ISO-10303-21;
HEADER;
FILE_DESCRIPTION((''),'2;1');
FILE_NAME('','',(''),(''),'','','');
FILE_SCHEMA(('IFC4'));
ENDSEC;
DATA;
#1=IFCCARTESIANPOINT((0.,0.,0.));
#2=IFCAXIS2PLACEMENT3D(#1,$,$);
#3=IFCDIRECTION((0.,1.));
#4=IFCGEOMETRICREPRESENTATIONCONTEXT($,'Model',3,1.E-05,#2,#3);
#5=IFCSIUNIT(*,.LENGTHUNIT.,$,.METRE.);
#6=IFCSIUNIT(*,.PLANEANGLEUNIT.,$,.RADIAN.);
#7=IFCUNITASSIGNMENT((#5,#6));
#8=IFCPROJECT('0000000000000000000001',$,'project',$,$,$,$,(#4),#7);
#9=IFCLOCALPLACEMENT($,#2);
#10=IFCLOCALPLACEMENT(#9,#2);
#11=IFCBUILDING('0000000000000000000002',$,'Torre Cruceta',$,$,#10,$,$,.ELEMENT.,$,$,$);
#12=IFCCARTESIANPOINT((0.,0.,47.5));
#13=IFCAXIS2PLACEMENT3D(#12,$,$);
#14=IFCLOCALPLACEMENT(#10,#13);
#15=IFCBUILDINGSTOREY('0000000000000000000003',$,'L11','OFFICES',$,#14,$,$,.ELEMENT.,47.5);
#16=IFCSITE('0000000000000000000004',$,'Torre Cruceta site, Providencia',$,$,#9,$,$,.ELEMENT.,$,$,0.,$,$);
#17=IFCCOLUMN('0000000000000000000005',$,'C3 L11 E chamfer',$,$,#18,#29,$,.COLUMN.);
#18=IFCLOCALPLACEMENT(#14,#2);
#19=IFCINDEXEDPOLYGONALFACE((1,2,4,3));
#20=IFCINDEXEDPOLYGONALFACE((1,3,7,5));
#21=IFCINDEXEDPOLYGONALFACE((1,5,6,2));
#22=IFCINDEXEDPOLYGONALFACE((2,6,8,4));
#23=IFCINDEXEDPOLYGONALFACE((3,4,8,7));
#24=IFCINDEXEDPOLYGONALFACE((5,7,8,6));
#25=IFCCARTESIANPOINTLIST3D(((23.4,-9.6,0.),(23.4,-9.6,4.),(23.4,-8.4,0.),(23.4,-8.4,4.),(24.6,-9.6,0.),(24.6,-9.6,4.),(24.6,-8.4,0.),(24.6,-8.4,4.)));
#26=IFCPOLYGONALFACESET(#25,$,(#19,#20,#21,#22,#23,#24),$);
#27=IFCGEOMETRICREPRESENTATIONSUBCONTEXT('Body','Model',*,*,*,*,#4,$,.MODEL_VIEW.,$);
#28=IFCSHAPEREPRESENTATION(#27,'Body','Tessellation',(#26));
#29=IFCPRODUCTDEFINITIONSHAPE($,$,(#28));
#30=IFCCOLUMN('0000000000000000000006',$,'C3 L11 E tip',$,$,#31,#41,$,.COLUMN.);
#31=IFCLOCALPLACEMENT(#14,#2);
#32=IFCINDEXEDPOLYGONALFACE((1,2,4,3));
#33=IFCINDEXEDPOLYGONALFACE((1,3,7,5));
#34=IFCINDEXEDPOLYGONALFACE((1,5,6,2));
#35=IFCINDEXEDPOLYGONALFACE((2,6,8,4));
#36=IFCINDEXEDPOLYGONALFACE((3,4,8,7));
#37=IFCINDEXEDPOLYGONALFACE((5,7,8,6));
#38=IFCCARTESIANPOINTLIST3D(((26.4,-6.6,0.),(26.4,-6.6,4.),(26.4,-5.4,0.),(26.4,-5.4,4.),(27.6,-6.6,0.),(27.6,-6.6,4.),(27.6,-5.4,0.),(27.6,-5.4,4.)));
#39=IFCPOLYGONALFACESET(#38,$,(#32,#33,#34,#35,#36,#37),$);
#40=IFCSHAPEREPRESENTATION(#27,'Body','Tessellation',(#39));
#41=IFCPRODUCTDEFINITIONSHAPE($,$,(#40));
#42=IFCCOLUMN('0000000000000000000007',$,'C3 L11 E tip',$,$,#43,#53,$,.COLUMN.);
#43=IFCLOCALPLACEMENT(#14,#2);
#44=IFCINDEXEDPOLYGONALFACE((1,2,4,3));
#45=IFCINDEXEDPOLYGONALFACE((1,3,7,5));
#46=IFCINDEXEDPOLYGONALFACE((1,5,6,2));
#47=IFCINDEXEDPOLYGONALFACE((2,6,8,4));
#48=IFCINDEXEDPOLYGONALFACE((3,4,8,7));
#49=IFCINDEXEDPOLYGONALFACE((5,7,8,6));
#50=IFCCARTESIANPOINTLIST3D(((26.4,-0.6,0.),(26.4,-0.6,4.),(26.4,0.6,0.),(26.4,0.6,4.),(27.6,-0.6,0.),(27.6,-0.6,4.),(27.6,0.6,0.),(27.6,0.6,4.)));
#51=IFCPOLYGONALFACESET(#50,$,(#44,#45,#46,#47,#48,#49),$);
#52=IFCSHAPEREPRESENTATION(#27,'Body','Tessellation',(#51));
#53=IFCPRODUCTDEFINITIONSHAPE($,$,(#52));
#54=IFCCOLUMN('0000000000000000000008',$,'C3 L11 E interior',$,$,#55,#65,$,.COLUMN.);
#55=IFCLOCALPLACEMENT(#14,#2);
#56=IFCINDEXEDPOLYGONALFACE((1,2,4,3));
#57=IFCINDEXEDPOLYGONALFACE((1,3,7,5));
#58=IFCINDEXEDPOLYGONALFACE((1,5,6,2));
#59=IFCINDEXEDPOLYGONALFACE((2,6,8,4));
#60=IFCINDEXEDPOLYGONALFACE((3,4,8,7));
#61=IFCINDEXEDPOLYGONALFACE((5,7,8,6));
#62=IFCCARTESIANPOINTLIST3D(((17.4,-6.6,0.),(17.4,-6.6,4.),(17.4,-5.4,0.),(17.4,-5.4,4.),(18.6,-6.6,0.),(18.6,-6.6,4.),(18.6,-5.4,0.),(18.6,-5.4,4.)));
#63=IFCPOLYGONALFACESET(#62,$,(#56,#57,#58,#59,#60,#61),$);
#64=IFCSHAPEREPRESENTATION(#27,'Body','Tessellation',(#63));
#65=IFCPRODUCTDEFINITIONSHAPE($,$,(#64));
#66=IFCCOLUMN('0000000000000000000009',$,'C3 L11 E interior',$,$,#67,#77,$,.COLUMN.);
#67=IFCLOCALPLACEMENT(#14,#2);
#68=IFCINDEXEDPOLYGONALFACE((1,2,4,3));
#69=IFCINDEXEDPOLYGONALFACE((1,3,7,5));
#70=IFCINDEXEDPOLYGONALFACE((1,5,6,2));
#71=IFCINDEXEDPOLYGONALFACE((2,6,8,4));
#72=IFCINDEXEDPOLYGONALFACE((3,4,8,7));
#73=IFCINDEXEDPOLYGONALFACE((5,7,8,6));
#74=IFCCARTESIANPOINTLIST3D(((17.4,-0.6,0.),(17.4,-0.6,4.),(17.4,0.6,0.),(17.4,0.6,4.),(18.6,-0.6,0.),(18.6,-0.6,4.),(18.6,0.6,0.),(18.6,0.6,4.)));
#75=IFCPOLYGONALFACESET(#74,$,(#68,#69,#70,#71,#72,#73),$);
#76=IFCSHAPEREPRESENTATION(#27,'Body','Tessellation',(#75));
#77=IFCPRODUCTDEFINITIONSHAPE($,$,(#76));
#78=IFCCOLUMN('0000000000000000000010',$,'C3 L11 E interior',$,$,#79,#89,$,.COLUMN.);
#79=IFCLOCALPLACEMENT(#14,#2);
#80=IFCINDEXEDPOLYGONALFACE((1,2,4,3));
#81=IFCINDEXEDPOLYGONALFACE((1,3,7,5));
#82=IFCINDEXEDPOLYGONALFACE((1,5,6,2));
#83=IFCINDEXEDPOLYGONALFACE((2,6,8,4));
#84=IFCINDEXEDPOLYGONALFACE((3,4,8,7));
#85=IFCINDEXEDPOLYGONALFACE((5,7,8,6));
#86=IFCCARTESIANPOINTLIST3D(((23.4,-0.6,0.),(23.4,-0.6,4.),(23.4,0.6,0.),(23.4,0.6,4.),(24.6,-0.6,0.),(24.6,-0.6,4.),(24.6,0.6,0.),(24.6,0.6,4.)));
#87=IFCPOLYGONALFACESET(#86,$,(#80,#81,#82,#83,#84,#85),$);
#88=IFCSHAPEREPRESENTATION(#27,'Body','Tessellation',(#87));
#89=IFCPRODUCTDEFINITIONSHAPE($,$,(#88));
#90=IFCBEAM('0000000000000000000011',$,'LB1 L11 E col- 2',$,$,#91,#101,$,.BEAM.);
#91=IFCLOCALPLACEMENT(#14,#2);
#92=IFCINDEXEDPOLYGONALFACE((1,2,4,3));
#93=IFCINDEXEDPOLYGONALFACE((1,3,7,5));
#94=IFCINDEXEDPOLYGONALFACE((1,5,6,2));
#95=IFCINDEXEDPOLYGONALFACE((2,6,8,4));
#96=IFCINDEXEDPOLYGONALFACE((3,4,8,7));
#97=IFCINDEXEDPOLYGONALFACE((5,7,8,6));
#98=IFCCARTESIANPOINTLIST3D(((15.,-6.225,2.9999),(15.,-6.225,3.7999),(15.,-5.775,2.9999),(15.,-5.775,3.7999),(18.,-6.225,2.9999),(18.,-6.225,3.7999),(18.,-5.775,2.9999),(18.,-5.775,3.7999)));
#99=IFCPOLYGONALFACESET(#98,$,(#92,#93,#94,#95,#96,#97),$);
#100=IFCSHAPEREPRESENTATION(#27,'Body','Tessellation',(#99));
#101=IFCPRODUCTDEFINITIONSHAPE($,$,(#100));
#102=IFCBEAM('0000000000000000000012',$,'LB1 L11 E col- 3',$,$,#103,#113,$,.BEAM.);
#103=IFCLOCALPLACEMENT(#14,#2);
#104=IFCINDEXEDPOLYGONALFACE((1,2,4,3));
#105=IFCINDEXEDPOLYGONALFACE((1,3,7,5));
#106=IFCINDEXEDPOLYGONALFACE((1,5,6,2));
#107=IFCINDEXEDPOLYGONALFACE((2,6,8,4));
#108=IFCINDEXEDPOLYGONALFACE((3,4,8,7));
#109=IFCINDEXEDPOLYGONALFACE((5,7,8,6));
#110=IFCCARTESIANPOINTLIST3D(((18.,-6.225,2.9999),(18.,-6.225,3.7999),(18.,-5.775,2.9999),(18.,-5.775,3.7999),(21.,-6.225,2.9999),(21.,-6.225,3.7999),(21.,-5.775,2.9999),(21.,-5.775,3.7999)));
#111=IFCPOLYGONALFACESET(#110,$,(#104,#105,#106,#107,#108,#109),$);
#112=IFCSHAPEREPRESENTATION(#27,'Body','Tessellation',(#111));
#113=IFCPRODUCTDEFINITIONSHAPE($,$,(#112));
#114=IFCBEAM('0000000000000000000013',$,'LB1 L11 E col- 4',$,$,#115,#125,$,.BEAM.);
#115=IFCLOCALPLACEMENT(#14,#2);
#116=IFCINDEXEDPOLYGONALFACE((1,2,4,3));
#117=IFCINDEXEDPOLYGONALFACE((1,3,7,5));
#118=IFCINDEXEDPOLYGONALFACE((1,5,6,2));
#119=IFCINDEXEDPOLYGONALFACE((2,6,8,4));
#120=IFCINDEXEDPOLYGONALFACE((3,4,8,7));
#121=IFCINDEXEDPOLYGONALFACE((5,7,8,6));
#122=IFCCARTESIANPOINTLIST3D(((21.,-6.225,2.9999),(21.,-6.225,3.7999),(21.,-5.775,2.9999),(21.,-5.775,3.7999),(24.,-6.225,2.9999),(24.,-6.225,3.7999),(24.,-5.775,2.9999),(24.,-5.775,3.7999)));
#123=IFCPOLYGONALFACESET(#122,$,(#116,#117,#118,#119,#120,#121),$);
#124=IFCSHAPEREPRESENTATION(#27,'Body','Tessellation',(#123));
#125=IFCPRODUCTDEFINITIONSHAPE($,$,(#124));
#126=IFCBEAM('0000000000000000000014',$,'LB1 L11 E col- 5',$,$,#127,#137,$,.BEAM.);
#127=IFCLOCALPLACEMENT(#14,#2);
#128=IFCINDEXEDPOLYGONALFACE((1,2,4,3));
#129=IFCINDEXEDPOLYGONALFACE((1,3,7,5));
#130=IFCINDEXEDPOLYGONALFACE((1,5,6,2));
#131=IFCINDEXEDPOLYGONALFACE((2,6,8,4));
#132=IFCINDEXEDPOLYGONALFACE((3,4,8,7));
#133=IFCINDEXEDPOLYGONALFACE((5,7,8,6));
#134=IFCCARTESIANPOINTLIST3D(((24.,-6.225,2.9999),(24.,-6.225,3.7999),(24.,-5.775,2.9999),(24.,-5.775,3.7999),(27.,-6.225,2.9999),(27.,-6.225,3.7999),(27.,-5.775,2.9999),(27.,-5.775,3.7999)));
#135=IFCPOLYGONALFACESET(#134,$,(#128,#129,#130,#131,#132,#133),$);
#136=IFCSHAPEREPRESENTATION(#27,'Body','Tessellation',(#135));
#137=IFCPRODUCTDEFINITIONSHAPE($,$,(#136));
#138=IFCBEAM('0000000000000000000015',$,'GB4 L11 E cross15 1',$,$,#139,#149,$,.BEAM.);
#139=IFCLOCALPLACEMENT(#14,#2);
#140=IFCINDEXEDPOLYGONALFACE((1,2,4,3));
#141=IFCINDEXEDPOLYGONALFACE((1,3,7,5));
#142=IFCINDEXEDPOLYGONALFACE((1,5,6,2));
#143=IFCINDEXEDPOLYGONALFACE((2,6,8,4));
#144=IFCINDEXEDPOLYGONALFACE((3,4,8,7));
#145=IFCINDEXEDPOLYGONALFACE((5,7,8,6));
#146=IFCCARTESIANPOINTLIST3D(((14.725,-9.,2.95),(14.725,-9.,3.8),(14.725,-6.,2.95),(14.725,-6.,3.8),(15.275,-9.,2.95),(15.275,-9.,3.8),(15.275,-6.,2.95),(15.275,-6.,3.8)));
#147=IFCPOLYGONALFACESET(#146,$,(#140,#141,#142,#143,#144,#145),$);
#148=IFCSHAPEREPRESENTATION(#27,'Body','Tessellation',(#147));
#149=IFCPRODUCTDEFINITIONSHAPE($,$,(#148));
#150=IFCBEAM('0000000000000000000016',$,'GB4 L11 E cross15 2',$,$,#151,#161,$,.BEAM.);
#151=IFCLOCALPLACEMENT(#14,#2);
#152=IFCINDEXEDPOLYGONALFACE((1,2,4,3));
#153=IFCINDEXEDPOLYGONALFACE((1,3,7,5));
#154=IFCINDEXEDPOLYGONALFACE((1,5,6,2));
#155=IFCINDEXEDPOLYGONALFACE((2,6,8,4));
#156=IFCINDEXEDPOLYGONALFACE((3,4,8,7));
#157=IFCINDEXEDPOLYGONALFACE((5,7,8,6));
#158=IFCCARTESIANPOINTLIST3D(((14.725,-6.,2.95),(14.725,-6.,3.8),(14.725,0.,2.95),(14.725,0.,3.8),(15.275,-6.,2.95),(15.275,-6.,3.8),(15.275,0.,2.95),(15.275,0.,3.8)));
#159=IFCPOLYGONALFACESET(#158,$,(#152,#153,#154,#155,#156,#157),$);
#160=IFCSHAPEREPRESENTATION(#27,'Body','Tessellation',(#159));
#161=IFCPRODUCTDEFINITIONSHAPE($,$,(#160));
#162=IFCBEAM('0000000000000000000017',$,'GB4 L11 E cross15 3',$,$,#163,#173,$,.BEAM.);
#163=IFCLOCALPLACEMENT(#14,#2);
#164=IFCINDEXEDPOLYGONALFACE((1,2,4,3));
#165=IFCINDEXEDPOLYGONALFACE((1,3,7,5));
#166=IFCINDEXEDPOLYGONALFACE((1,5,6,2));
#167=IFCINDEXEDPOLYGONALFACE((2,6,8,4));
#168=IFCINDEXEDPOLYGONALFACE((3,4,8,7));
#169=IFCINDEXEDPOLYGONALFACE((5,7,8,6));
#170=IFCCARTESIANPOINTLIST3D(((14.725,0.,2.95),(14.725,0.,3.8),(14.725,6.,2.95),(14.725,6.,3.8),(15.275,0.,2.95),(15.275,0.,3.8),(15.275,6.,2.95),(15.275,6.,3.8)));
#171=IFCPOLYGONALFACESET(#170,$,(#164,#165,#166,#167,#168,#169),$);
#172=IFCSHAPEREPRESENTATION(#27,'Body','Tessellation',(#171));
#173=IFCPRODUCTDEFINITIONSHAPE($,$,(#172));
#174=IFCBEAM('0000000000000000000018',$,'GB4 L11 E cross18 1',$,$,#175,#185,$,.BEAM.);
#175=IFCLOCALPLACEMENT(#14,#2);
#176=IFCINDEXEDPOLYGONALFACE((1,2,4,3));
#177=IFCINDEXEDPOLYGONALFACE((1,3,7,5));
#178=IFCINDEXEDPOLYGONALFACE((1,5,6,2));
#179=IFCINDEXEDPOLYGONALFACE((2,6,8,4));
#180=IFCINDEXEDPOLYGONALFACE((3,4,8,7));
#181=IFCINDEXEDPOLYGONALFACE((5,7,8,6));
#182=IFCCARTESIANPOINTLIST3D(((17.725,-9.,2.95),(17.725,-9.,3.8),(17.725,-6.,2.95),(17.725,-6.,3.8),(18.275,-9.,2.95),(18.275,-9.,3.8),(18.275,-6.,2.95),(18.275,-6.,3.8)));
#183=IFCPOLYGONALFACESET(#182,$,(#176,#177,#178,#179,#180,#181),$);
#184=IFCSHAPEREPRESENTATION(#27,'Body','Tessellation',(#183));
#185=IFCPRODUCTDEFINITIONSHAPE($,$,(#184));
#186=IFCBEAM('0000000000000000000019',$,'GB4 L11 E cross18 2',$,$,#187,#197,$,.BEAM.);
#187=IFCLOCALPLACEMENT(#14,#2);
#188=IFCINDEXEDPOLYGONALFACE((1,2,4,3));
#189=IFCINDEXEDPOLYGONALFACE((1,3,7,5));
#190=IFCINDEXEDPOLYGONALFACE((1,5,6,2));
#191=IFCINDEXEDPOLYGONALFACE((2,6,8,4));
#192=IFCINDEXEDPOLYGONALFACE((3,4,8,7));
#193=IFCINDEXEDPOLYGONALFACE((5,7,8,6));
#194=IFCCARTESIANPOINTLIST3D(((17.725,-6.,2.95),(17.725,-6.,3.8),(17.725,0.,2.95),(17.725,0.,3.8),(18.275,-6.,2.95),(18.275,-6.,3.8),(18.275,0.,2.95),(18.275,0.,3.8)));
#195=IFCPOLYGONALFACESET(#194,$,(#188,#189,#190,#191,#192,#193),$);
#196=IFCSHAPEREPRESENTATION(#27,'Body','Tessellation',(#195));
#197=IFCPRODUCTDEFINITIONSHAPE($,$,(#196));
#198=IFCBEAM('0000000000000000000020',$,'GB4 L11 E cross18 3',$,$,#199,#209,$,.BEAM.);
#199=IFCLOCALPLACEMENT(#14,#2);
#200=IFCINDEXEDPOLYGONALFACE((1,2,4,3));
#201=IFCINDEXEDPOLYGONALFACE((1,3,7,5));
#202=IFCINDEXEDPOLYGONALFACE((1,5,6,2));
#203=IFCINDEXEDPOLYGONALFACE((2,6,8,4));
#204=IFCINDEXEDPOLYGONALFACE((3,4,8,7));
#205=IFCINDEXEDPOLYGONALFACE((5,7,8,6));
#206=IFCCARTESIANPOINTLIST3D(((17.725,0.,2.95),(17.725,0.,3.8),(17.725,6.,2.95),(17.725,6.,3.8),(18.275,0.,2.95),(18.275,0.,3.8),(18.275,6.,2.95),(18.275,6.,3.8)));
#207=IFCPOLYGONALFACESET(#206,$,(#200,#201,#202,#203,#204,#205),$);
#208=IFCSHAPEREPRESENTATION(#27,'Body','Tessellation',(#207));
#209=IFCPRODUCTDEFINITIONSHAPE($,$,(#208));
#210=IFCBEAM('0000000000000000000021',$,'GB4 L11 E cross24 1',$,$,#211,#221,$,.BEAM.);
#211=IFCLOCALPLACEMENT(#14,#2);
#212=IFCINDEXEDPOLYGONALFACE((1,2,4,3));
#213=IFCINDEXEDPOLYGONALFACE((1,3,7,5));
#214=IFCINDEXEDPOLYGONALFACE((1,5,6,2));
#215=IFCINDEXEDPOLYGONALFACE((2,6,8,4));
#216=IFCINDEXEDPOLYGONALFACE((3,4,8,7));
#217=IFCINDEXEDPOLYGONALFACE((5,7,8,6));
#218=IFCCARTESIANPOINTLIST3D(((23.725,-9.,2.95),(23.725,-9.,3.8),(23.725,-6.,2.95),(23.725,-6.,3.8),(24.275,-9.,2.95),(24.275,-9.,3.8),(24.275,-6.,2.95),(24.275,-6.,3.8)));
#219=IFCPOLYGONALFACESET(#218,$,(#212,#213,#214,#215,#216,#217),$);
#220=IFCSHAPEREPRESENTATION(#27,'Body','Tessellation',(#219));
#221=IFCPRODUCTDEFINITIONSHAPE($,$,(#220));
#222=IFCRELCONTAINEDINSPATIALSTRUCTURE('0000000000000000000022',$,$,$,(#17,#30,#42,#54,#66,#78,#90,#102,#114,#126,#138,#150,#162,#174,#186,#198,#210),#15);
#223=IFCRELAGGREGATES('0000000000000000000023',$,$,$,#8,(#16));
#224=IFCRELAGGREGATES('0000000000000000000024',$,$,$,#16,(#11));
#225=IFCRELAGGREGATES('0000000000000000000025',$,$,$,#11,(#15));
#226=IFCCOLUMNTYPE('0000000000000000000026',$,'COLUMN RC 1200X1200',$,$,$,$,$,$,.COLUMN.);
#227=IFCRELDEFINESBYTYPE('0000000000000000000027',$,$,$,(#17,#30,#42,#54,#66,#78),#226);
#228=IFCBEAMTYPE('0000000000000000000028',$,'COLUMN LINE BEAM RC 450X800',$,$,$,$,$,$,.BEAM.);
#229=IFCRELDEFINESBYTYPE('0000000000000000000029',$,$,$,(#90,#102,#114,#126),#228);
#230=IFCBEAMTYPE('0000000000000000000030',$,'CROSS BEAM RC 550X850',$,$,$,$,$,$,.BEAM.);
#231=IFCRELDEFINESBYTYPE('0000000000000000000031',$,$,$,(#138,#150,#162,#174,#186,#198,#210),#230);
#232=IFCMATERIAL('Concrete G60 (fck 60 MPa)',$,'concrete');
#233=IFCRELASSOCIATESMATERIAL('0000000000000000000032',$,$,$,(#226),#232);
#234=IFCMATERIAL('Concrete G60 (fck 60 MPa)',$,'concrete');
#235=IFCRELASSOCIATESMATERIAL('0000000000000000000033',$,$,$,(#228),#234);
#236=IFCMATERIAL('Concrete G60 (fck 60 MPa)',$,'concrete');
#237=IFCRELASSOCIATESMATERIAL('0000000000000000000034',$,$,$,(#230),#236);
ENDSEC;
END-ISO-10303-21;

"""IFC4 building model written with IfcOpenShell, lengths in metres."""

from ifc_helpers import new_model, si_unit, direction, frame, origin, origin_2d, place, context, subcontext, project, spatial, rectangle, extrude, material, material_profile, profile_set, type_object, element, save


model = new_model("IFC4")

# Units and contexts
model_context = context("Model", 3, precision=1e-05, world=origin(), true_north=direction((0.0, 1.0)))
body_context = subcontext(model_context, "Body", "Model", "MODEL_VIEW")
ifc_project = project(units=[si_unit("LENGTHUNIT", "METRE"), si_unit("PLANEANGLEUNIT", "RADIAN")], contexts=[model_context])

# Site, building, storey
site_placement = place(None, origin())
site = spatial("IfcSite", under=ifc_project, at=site_placement, Name="Torre Cruceta site, Providencia", CompositionType="ELEMENT", RefElevation=0.0)
building_placement = place(site_placement, origin())
building = spatial("IfcBuilding", under=site, at=building_placement, Name="Torre Cruceta", CompositionType="ELEMENT")
storey_placement = place(building_placement, frame((0.0, 0.0, 47.5)))
storey = spatial("IfcBuildingStorey", under=building, at=storey_placement, Name="L11", Description="OFFICES", CompositionType="ELEMENT", Elevation=47.5)

# Columns
ifc_material_1 = material(Name="Concrete G60 (fck 60 MPa)", Category="concrete")
ifc_material_profile_1 = material_profile(ifc_material_1, rectangle(XDim=1.2, YDim=1.2, at=origin_2d()), Name="RC 1200X1200")
ifc_profile_set_1 = profile_set([ifc_material_profile_1], Name="Concrete G60 (fck 60 MPa)")
column_type = type_object("IfcColumnType", Name="COLUMN RC 1200X1200", PredefinedType="COLUMN", material=ifc_profile_set_1)
for number, where, z_axis, x_axis, name in (
    (1, (24.0, -9.0, 0.0), (0.0, 0.0, 1.0), (1.0, 0.0, 0.0), "C3 L11 E chamfer"),
    (2, (27.0, -6.0, 0.0), (0.0, 0.0, 1.0), (1.0, 0.0, 0.0), "C3 L11 E tip"),
    (3, (27.0, 0.0, 0.0), (0.0, 0.0, 1.0), (1.0, 0.0, 0.0), "C3 L11 E tip"),
    (4, (18.0, -6.0, 0.0), (0.0, 0.0, 1.0), (1.0, 0.0, 0.0), "C3 L11 E interior"),
    (5, (18.0, 0.0, 0.0), (0.0, 0.0, 1.0), (1.0, 0.0, 0.0), "C3 L11 E interior"),
    (6, (24.0, 0.0, 0.0), (0.0, 0.0, 1.0), (1.0, 0.0, 0.0), "C3 L11 E interior"),
):
    element("IfcColumn", number, at=place(storey_placement, frame(where, z_axis=z_axis, x_axis=x_axis)), inside=storey, type_object=column_type, Name=name, PredefinedType="COLUMN", context=body_context, shape_type="SweptSolid", body=[
        extrude(rectangle(XDim=1.2, YDim=1.2, at=origin_2d()), origin(), (0.0, 0.0, 1.0), 4.0),
    ])

# Beams
ifc_material_2 = material(Name="Concrete G60 (fck 60 MPa)", Category="concrete")
ifc_material_profile_2 = material_profile(ifc_material_2, rectangle(XDim=0.45, YDim=0.8, at=origin_2d()), Name="RC 450X800")
ifc_profile_set_2 = profile_set([ifc_material_profile_2], Name="Concrete G60 (fck 60 MPa)")
beam_type_1 = type_object("IfcBeamType", Name="COLUMN LINE BEAM RC 450X800", PredefinedType="BEAM", material=ifc_profile_set_2)
for number, where, z_axis, x_axis, name in (
    (7, (15.0, -6.0, 3.3999), (1.0, 0.0, 0.0), (0.0, 1.0, 0.0), "LB1 L11 E col- 2"),
    (8, (18.0, -6.0, 3.3999), (1.0, 0.0, 0.0), (0.0, 1.0, 0.0), "LB1 L11 E col- 3"),
    (9, (21.0, -6.0, 3.3999), (1.0, 0.0, 0.0), (0.0, 1.0, 0.0), "LB1 L11 E col- 4"),
    (10, (24.0, -6.0, 3.3999), (1.0, 0.0, 0.0), (0.0, 1.0, 0.0), "LB1 L11 E col- 5"),
):
    element("IfcBeam", number, at=place(storey_placement, frame(where, z_axis=z_axis, x_axis=x_axis)), inside=storey, type_object=beam_type_1, Name=name, PredefinedType="BEAM", context=body_context, shape_type="SweptSolid", body=[
        extrude(rectangle(XDim=0.45, YDim=0.8, at=origin_2d()), origin(), (0.0, 0.0, 1.0), 3.0),
    ])
ifc_material_3 = material(Name="Concrete G60 (fck 60 MPa)", Category="concrete")
ifc_material_profile_3 = material_profile(ifc_material_3, rectangle(XDim=0.55, YDim=0.8501, at=origin_2d()), Name="RC 550X850")
ifc_profile_set_3 = profile_set([ifc_material_profile_3], Name="Concrete G60 (fck 60 MPa)")
beam_type_2 = type_object("IfcBeamType", Name="CROSS BEAM RC 550X850", PredefinedType="BEAM", material=ifc_profile_set_3)
beam_1_placement = place(storey_placement, frame((15.0, -9.0, 3.375), z_axis=(0.0, 1.0, 0.0), x_axis=(-1.0, 0.0, 0.0)))
element("IfcBeam", 11, at=beam_1_placement, inside=storey, type_object=beam_type_2, Name="GB4 L11 E cross15 1", PredefinedType="BEAM", context=body_context, shape_type="SweptSolid", body=[
    extrude(rectangle(XDim=0.55, YDim=0.8501, at=origin_2d()), origin(), (0.0, 0.0, 1.0), 3.0),
])
for number, where, z_axis, x_axis, name in (
    (12, (15.0, -6.0, 3.375), (0.0, 1.0, 0.0), (-1.0, 0.0, 0.0), "GB4 L11 E cross15 2"),
    (13, (15.0, 0.0, 3.375), (0.0, 1.0, 0.0), (-1.0, 0.0, 0.0), "GB4 L11 E cross15 3"),
):
    element("IfcBeam", number, at=place(storey_placement, frame(where, z_axis=z_axis, x_axis=x_axis)), inside=storey, type_object=beam_type_2, Name=name, PredefinedType="BEAM", context=body_context, shape_type="SweptSolid", body=[
        extrude(rectangle(XDim=0.55, YDim=0.8501, at=origin_2d()), origin(), (0.0, 0.0, 1.0), 6.0),
    ])
beam_2_placement = place(storey_placement, frame((18.0, -9.0, 3.375), z_axis=(0.0, 1.0, 0.0), x_axis=(-1.0, 0.0, 0.0)))
element("IfcBeam", 14, at=beam_2_placement, inside=storey, type_object=beam_type_2, Name="GB4 L11 E cross18 1", PredefinedType="BEAM", context=body_context, shape_type="SweptSolid", body=[
    extrude(rectangle(XDim=0.55, YDim=0.8501, at=origin_2d()), origin(), (0.0, 0.0, 1.0), 3.0),
])
for number, where, z_axis, x_axis, name in (
    (15, (18.0, -6.0, 3.375), (0.0, 1.0, 0.0), (-1.0, 0.0, 0.0), "GB4 L11 E cross18 2"),
    (16, (18.0, 0.0, 3.375), (0.0, 1.0, 0.0), (-1.0, 0.0, 0.0), "GB4 L11 E cross18 3"),
):
    element("IfcBeam", number, at=place(storey_placement, frame(where, z_axis=z_axis, x_axis=x_axis)), inside=storey, type_object=beam_type_2, Name=name, PredefinedType="BEAM", context=body_context, shape_type="SweptSolid", body=[
        extrude(rectangle(XDim=0.55, YDim=0.8501, at=origin_2d()), origin(), (0.0, 0.0, 1.0), 6.0),
    ])
beam_3_placement = place(storey_placement, frame((24.0, -9.0, 3.375), z_axis=(0.0, 1.0, 0.0), x_axis=(-1.0, 0.0, 0.0)))
element("IfcBeam", 17, at=beam_3_placement, inside=storey, type_object=beam_type_2, Name="GB4 L11 E cross24 1", PredefinedType="BEAM", context=body_context, shape_type="SweptSolid", body=[
    extrude(rectangle(XDim=0.55, YDim=0.8501, at=origin_2d()), origin(), (0.0, 0.0, 1.0), 3.0),
])

save(model, "model.ifc")
